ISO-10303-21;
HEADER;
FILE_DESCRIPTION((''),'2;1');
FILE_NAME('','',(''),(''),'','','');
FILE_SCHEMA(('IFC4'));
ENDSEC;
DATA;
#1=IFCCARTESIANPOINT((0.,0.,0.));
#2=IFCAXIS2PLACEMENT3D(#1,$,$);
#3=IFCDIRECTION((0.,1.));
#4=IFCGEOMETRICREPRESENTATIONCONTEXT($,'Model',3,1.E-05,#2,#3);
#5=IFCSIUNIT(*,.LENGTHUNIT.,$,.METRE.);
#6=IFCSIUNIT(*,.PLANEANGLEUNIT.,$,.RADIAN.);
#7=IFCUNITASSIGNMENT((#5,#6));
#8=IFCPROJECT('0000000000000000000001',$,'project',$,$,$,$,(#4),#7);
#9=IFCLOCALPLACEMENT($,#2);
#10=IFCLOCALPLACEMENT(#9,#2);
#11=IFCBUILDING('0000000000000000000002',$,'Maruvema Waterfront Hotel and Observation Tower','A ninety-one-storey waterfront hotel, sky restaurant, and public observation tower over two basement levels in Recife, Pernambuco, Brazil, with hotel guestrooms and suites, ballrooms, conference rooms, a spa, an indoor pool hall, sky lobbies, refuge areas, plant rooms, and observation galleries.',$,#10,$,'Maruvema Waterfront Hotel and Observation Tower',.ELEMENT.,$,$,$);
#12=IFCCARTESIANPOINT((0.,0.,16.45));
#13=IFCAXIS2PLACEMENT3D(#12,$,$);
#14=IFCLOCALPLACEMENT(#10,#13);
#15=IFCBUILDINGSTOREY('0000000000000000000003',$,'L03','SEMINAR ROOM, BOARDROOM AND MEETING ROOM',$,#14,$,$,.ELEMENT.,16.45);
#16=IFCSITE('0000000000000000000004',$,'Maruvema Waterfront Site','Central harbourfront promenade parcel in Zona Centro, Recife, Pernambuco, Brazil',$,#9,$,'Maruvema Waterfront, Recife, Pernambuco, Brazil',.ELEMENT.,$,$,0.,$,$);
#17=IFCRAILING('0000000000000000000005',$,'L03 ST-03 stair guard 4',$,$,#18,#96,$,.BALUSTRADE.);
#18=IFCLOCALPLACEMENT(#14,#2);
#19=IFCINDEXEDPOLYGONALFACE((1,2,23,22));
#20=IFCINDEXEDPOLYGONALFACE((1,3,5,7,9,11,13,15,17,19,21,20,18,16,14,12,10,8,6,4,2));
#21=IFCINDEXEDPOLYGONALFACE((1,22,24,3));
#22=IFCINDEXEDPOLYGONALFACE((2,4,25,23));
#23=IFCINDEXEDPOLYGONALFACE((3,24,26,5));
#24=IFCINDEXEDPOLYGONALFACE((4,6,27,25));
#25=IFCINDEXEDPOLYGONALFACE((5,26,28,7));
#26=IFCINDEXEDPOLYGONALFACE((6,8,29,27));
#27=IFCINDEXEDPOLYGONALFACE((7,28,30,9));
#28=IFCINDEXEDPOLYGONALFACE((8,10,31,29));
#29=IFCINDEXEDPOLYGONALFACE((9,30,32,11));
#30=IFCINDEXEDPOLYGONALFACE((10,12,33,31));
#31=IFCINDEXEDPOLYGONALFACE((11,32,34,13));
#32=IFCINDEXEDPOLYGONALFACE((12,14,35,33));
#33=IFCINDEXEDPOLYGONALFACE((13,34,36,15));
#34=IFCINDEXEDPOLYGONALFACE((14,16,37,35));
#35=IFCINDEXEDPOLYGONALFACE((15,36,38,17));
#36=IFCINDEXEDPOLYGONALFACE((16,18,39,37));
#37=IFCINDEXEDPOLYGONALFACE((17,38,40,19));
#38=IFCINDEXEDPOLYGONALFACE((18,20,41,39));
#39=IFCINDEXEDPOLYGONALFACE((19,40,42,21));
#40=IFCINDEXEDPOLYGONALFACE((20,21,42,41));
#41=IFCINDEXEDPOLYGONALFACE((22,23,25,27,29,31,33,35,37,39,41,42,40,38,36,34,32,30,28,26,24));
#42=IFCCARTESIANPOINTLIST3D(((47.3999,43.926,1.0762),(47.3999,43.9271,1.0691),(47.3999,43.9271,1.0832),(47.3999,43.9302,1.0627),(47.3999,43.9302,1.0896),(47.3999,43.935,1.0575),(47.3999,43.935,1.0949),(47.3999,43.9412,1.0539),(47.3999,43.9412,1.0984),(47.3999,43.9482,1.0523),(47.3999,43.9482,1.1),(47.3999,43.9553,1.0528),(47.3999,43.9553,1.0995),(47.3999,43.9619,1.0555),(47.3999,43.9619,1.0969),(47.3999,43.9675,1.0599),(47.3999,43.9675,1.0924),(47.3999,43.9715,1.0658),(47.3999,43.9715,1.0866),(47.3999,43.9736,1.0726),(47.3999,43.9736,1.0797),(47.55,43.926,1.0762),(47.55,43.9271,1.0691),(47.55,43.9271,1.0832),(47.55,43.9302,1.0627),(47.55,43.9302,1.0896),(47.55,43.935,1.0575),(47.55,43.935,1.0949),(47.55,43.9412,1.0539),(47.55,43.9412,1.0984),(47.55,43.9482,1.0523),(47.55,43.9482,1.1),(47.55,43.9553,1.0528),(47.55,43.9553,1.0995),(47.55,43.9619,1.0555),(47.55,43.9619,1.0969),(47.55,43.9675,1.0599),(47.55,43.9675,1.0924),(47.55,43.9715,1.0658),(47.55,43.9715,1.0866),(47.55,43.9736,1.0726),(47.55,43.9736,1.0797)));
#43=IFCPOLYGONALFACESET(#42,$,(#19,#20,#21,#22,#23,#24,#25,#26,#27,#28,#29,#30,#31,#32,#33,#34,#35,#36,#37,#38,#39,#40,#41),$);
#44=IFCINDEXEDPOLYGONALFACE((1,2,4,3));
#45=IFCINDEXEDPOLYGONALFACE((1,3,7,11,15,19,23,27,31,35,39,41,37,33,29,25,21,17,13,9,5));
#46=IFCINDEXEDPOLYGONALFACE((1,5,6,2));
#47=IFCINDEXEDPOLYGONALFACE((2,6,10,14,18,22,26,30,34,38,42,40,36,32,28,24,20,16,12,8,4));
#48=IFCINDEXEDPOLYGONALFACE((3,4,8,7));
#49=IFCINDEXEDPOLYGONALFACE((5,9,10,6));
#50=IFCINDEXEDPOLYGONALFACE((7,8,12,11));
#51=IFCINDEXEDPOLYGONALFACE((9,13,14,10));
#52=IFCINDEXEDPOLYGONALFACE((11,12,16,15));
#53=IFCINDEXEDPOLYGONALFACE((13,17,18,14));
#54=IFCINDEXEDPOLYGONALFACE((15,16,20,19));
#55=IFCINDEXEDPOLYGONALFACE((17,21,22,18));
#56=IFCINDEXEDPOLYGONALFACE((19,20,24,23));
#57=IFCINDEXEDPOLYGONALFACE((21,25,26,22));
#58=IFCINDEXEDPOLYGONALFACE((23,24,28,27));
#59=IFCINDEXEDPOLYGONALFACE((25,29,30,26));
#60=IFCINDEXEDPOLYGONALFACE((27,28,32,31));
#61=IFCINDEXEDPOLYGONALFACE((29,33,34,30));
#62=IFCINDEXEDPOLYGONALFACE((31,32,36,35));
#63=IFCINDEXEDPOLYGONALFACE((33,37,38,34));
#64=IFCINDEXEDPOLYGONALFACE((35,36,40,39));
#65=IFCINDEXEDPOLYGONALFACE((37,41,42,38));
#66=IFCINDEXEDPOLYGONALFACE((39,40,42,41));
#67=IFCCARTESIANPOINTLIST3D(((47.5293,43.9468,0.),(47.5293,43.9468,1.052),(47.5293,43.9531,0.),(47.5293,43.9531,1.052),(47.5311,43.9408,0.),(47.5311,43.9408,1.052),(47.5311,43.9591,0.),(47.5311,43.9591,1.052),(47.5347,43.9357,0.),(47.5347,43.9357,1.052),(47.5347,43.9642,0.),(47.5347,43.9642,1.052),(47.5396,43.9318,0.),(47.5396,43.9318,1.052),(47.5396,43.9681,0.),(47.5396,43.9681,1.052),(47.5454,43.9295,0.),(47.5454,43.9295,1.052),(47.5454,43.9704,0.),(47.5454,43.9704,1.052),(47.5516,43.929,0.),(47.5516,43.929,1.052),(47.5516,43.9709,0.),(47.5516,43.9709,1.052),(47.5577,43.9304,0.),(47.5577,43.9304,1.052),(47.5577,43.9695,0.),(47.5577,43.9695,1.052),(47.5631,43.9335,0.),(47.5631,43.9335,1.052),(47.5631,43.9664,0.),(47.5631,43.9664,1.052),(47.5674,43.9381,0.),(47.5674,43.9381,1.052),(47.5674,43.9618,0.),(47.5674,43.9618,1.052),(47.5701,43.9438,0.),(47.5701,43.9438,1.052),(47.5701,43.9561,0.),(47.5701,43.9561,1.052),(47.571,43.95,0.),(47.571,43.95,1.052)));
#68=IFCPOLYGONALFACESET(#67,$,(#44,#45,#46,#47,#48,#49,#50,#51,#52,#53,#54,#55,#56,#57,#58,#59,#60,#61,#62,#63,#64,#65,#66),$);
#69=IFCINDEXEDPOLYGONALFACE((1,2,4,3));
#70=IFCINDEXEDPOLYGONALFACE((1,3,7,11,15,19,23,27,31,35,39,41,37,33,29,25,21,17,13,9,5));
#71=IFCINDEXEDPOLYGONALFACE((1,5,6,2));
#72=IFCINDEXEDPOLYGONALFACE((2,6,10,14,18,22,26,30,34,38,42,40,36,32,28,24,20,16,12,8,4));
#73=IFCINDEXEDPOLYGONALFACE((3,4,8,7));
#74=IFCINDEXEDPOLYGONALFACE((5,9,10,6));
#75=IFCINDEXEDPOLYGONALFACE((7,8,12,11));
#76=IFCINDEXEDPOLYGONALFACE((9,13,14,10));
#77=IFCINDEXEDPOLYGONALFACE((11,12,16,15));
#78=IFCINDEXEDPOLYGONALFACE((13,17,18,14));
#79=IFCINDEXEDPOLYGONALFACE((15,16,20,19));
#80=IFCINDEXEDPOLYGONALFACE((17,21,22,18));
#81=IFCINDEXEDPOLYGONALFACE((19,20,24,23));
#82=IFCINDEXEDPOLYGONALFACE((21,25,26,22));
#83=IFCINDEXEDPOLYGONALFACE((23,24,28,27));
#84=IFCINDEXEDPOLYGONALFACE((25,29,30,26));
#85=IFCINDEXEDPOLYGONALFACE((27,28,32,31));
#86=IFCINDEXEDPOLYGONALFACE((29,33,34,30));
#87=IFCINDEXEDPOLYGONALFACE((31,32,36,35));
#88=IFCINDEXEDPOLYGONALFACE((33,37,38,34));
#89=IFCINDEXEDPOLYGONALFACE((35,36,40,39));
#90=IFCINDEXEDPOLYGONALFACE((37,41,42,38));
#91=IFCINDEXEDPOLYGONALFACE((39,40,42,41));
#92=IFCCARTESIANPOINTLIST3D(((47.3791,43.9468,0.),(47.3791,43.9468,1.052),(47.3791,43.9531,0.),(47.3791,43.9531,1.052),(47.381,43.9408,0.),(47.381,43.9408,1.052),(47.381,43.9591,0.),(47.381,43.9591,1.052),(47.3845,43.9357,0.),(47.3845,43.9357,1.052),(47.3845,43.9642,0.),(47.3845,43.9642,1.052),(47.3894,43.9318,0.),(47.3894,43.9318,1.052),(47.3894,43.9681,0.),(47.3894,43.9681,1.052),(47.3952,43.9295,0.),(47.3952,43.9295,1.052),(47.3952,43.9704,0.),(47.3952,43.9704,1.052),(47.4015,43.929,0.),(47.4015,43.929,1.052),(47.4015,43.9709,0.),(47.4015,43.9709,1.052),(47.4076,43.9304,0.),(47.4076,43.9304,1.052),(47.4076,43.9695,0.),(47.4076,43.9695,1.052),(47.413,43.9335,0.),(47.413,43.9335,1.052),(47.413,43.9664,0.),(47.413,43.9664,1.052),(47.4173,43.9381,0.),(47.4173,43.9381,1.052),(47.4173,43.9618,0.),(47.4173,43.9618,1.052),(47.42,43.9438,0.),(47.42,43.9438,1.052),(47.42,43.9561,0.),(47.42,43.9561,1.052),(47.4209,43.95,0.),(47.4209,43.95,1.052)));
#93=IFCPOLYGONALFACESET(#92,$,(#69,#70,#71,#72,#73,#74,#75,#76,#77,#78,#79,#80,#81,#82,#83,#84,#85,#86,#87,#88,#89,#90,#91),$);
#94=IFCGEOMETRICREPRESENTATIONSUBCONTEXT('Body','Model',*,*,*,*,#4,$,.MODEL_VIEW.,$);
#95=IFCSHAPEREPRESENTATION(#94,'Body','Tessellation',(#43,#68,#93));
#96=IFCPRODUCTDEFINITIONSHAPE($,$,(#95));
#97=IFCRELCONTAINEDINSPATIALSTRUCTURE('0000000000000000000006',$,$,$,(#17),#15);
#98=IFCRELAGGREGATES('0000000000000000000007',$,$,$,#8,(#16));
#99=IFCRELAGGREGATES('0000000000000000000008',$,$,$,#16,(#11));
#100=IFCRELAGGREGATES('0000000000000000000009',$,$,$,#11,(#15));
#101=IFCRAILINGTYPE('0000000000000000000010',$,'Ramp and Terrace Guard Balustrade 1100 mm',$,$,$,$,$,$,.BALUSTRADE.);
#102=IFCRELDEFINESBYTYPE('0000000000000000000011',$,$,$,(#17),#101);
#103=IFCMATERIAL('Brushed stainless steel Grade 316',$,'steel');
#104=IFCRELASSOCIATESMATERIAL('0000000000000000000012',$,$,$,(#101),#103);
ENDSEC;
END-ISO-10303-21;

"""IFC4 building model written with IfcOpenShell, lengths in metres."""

from ifc_helpers import new_model, si_unit, direction, frame, origin, origin_2d, place, context, subcontext, project, spatial, circle, extrude, material, type_object, element, save


model = new_model("IFC4")

# Units and contexts
model_context = context("Model", 3, precision=1e-05, world=origin(), true_north=direction((0.0, 1.0)))
body_context = subcontext(model_context, "Body", "Model", "MODEL_VIEW")
ifc_project = project(units=[si_unit("LENGTHUNIT", "METRE"), si_unit("PLANEANGLEUNIT", "RADIAN")], contexts=[model_context])

# Site, building, storey
site_placement = place(None, origin())
site = spatial("IfcSite", under=ifc_project, at=site_placement, Name="Maruvema Waterfront Site", Description="Central harbourfront promenade parcel in Zona Centro, Recife, Pernambuco, Brazil", LongName="Maruvema Waterfront, Recife, Pernambuco, Brazil", CompositionType="ELEMENT", RefElevation=0.0)
building_placement = place(site_placement, origin())
building = spatial("IfcBuilding", under=site, at=building_placement, Name="Maruvema Waterfront Hotel and Observation Tower", Description="A ninety-one-storey waterfront hotel, sky restaurant, and public observation tower over two basement levels in Recife, Pernambuco, Brazil, with hotel guestrooms and suites, ballrooms, conference rooms, a spa, an indoor pool hall, sky lobbies, refuge areas, plant rooms, and observation galleries.", LongName="Maruvema Waterfront Hotel and Observation Tower", CompositionType="ELEMENT")
storey_placement = place(building_placement, frame((0.0, 0.0, 16.45)))
storey = spatial("IfcBuildingStorey", under=building, at=storey_placement, Name="L03", Description="SEMINAR ROOM, BOARDROOM AND MEETING ROOM", CompositionType="ELEMENT", Elevation=16.45)

# Railing
ifc_material_1 = material(Name="Brushed stainless steel Grade 316", Category="steel")
railing_type_1 = type_object("IfcRailingType", Name="Ramp and Terrace Guard Balustrade 1100 mm", PredefinedType="BALUSTRADE", material=ifc_material_1)
railing_1_placement = place(storey_placement, frame((47.55, 43.95, 0.0)))
element("IfcRailing", 1, at=railing_1_placement, inside=storey, type_object=railing_type_1, Name="L03 ST-03 stair guard 4", PredefinedType="BALUSTRADE", context=body_context, shape_type="SweptSolid", body=[
    extrude(circle(Radius=0.0239, at=origin_2d()), frame((0.0, 0.0, 1.0762), z_axis=(-1.0, 0.0, 0.0), x_axis=(0.0, -1.0, 0.0)), (0.0, 0.0, 1.0), 0.1501),
    extrude(circle(Radius=0.021, at=origin_2d()), origin(), (0.0, 0.0, 1.0), 1.052),
    extrude(circle(Radius=0.021, at=origin_2d()), frame((-0.1501, 0.0, 0.0)), (0.0, 0.0, 1.0), 1.052),
])

save(model, "model.ifc")
